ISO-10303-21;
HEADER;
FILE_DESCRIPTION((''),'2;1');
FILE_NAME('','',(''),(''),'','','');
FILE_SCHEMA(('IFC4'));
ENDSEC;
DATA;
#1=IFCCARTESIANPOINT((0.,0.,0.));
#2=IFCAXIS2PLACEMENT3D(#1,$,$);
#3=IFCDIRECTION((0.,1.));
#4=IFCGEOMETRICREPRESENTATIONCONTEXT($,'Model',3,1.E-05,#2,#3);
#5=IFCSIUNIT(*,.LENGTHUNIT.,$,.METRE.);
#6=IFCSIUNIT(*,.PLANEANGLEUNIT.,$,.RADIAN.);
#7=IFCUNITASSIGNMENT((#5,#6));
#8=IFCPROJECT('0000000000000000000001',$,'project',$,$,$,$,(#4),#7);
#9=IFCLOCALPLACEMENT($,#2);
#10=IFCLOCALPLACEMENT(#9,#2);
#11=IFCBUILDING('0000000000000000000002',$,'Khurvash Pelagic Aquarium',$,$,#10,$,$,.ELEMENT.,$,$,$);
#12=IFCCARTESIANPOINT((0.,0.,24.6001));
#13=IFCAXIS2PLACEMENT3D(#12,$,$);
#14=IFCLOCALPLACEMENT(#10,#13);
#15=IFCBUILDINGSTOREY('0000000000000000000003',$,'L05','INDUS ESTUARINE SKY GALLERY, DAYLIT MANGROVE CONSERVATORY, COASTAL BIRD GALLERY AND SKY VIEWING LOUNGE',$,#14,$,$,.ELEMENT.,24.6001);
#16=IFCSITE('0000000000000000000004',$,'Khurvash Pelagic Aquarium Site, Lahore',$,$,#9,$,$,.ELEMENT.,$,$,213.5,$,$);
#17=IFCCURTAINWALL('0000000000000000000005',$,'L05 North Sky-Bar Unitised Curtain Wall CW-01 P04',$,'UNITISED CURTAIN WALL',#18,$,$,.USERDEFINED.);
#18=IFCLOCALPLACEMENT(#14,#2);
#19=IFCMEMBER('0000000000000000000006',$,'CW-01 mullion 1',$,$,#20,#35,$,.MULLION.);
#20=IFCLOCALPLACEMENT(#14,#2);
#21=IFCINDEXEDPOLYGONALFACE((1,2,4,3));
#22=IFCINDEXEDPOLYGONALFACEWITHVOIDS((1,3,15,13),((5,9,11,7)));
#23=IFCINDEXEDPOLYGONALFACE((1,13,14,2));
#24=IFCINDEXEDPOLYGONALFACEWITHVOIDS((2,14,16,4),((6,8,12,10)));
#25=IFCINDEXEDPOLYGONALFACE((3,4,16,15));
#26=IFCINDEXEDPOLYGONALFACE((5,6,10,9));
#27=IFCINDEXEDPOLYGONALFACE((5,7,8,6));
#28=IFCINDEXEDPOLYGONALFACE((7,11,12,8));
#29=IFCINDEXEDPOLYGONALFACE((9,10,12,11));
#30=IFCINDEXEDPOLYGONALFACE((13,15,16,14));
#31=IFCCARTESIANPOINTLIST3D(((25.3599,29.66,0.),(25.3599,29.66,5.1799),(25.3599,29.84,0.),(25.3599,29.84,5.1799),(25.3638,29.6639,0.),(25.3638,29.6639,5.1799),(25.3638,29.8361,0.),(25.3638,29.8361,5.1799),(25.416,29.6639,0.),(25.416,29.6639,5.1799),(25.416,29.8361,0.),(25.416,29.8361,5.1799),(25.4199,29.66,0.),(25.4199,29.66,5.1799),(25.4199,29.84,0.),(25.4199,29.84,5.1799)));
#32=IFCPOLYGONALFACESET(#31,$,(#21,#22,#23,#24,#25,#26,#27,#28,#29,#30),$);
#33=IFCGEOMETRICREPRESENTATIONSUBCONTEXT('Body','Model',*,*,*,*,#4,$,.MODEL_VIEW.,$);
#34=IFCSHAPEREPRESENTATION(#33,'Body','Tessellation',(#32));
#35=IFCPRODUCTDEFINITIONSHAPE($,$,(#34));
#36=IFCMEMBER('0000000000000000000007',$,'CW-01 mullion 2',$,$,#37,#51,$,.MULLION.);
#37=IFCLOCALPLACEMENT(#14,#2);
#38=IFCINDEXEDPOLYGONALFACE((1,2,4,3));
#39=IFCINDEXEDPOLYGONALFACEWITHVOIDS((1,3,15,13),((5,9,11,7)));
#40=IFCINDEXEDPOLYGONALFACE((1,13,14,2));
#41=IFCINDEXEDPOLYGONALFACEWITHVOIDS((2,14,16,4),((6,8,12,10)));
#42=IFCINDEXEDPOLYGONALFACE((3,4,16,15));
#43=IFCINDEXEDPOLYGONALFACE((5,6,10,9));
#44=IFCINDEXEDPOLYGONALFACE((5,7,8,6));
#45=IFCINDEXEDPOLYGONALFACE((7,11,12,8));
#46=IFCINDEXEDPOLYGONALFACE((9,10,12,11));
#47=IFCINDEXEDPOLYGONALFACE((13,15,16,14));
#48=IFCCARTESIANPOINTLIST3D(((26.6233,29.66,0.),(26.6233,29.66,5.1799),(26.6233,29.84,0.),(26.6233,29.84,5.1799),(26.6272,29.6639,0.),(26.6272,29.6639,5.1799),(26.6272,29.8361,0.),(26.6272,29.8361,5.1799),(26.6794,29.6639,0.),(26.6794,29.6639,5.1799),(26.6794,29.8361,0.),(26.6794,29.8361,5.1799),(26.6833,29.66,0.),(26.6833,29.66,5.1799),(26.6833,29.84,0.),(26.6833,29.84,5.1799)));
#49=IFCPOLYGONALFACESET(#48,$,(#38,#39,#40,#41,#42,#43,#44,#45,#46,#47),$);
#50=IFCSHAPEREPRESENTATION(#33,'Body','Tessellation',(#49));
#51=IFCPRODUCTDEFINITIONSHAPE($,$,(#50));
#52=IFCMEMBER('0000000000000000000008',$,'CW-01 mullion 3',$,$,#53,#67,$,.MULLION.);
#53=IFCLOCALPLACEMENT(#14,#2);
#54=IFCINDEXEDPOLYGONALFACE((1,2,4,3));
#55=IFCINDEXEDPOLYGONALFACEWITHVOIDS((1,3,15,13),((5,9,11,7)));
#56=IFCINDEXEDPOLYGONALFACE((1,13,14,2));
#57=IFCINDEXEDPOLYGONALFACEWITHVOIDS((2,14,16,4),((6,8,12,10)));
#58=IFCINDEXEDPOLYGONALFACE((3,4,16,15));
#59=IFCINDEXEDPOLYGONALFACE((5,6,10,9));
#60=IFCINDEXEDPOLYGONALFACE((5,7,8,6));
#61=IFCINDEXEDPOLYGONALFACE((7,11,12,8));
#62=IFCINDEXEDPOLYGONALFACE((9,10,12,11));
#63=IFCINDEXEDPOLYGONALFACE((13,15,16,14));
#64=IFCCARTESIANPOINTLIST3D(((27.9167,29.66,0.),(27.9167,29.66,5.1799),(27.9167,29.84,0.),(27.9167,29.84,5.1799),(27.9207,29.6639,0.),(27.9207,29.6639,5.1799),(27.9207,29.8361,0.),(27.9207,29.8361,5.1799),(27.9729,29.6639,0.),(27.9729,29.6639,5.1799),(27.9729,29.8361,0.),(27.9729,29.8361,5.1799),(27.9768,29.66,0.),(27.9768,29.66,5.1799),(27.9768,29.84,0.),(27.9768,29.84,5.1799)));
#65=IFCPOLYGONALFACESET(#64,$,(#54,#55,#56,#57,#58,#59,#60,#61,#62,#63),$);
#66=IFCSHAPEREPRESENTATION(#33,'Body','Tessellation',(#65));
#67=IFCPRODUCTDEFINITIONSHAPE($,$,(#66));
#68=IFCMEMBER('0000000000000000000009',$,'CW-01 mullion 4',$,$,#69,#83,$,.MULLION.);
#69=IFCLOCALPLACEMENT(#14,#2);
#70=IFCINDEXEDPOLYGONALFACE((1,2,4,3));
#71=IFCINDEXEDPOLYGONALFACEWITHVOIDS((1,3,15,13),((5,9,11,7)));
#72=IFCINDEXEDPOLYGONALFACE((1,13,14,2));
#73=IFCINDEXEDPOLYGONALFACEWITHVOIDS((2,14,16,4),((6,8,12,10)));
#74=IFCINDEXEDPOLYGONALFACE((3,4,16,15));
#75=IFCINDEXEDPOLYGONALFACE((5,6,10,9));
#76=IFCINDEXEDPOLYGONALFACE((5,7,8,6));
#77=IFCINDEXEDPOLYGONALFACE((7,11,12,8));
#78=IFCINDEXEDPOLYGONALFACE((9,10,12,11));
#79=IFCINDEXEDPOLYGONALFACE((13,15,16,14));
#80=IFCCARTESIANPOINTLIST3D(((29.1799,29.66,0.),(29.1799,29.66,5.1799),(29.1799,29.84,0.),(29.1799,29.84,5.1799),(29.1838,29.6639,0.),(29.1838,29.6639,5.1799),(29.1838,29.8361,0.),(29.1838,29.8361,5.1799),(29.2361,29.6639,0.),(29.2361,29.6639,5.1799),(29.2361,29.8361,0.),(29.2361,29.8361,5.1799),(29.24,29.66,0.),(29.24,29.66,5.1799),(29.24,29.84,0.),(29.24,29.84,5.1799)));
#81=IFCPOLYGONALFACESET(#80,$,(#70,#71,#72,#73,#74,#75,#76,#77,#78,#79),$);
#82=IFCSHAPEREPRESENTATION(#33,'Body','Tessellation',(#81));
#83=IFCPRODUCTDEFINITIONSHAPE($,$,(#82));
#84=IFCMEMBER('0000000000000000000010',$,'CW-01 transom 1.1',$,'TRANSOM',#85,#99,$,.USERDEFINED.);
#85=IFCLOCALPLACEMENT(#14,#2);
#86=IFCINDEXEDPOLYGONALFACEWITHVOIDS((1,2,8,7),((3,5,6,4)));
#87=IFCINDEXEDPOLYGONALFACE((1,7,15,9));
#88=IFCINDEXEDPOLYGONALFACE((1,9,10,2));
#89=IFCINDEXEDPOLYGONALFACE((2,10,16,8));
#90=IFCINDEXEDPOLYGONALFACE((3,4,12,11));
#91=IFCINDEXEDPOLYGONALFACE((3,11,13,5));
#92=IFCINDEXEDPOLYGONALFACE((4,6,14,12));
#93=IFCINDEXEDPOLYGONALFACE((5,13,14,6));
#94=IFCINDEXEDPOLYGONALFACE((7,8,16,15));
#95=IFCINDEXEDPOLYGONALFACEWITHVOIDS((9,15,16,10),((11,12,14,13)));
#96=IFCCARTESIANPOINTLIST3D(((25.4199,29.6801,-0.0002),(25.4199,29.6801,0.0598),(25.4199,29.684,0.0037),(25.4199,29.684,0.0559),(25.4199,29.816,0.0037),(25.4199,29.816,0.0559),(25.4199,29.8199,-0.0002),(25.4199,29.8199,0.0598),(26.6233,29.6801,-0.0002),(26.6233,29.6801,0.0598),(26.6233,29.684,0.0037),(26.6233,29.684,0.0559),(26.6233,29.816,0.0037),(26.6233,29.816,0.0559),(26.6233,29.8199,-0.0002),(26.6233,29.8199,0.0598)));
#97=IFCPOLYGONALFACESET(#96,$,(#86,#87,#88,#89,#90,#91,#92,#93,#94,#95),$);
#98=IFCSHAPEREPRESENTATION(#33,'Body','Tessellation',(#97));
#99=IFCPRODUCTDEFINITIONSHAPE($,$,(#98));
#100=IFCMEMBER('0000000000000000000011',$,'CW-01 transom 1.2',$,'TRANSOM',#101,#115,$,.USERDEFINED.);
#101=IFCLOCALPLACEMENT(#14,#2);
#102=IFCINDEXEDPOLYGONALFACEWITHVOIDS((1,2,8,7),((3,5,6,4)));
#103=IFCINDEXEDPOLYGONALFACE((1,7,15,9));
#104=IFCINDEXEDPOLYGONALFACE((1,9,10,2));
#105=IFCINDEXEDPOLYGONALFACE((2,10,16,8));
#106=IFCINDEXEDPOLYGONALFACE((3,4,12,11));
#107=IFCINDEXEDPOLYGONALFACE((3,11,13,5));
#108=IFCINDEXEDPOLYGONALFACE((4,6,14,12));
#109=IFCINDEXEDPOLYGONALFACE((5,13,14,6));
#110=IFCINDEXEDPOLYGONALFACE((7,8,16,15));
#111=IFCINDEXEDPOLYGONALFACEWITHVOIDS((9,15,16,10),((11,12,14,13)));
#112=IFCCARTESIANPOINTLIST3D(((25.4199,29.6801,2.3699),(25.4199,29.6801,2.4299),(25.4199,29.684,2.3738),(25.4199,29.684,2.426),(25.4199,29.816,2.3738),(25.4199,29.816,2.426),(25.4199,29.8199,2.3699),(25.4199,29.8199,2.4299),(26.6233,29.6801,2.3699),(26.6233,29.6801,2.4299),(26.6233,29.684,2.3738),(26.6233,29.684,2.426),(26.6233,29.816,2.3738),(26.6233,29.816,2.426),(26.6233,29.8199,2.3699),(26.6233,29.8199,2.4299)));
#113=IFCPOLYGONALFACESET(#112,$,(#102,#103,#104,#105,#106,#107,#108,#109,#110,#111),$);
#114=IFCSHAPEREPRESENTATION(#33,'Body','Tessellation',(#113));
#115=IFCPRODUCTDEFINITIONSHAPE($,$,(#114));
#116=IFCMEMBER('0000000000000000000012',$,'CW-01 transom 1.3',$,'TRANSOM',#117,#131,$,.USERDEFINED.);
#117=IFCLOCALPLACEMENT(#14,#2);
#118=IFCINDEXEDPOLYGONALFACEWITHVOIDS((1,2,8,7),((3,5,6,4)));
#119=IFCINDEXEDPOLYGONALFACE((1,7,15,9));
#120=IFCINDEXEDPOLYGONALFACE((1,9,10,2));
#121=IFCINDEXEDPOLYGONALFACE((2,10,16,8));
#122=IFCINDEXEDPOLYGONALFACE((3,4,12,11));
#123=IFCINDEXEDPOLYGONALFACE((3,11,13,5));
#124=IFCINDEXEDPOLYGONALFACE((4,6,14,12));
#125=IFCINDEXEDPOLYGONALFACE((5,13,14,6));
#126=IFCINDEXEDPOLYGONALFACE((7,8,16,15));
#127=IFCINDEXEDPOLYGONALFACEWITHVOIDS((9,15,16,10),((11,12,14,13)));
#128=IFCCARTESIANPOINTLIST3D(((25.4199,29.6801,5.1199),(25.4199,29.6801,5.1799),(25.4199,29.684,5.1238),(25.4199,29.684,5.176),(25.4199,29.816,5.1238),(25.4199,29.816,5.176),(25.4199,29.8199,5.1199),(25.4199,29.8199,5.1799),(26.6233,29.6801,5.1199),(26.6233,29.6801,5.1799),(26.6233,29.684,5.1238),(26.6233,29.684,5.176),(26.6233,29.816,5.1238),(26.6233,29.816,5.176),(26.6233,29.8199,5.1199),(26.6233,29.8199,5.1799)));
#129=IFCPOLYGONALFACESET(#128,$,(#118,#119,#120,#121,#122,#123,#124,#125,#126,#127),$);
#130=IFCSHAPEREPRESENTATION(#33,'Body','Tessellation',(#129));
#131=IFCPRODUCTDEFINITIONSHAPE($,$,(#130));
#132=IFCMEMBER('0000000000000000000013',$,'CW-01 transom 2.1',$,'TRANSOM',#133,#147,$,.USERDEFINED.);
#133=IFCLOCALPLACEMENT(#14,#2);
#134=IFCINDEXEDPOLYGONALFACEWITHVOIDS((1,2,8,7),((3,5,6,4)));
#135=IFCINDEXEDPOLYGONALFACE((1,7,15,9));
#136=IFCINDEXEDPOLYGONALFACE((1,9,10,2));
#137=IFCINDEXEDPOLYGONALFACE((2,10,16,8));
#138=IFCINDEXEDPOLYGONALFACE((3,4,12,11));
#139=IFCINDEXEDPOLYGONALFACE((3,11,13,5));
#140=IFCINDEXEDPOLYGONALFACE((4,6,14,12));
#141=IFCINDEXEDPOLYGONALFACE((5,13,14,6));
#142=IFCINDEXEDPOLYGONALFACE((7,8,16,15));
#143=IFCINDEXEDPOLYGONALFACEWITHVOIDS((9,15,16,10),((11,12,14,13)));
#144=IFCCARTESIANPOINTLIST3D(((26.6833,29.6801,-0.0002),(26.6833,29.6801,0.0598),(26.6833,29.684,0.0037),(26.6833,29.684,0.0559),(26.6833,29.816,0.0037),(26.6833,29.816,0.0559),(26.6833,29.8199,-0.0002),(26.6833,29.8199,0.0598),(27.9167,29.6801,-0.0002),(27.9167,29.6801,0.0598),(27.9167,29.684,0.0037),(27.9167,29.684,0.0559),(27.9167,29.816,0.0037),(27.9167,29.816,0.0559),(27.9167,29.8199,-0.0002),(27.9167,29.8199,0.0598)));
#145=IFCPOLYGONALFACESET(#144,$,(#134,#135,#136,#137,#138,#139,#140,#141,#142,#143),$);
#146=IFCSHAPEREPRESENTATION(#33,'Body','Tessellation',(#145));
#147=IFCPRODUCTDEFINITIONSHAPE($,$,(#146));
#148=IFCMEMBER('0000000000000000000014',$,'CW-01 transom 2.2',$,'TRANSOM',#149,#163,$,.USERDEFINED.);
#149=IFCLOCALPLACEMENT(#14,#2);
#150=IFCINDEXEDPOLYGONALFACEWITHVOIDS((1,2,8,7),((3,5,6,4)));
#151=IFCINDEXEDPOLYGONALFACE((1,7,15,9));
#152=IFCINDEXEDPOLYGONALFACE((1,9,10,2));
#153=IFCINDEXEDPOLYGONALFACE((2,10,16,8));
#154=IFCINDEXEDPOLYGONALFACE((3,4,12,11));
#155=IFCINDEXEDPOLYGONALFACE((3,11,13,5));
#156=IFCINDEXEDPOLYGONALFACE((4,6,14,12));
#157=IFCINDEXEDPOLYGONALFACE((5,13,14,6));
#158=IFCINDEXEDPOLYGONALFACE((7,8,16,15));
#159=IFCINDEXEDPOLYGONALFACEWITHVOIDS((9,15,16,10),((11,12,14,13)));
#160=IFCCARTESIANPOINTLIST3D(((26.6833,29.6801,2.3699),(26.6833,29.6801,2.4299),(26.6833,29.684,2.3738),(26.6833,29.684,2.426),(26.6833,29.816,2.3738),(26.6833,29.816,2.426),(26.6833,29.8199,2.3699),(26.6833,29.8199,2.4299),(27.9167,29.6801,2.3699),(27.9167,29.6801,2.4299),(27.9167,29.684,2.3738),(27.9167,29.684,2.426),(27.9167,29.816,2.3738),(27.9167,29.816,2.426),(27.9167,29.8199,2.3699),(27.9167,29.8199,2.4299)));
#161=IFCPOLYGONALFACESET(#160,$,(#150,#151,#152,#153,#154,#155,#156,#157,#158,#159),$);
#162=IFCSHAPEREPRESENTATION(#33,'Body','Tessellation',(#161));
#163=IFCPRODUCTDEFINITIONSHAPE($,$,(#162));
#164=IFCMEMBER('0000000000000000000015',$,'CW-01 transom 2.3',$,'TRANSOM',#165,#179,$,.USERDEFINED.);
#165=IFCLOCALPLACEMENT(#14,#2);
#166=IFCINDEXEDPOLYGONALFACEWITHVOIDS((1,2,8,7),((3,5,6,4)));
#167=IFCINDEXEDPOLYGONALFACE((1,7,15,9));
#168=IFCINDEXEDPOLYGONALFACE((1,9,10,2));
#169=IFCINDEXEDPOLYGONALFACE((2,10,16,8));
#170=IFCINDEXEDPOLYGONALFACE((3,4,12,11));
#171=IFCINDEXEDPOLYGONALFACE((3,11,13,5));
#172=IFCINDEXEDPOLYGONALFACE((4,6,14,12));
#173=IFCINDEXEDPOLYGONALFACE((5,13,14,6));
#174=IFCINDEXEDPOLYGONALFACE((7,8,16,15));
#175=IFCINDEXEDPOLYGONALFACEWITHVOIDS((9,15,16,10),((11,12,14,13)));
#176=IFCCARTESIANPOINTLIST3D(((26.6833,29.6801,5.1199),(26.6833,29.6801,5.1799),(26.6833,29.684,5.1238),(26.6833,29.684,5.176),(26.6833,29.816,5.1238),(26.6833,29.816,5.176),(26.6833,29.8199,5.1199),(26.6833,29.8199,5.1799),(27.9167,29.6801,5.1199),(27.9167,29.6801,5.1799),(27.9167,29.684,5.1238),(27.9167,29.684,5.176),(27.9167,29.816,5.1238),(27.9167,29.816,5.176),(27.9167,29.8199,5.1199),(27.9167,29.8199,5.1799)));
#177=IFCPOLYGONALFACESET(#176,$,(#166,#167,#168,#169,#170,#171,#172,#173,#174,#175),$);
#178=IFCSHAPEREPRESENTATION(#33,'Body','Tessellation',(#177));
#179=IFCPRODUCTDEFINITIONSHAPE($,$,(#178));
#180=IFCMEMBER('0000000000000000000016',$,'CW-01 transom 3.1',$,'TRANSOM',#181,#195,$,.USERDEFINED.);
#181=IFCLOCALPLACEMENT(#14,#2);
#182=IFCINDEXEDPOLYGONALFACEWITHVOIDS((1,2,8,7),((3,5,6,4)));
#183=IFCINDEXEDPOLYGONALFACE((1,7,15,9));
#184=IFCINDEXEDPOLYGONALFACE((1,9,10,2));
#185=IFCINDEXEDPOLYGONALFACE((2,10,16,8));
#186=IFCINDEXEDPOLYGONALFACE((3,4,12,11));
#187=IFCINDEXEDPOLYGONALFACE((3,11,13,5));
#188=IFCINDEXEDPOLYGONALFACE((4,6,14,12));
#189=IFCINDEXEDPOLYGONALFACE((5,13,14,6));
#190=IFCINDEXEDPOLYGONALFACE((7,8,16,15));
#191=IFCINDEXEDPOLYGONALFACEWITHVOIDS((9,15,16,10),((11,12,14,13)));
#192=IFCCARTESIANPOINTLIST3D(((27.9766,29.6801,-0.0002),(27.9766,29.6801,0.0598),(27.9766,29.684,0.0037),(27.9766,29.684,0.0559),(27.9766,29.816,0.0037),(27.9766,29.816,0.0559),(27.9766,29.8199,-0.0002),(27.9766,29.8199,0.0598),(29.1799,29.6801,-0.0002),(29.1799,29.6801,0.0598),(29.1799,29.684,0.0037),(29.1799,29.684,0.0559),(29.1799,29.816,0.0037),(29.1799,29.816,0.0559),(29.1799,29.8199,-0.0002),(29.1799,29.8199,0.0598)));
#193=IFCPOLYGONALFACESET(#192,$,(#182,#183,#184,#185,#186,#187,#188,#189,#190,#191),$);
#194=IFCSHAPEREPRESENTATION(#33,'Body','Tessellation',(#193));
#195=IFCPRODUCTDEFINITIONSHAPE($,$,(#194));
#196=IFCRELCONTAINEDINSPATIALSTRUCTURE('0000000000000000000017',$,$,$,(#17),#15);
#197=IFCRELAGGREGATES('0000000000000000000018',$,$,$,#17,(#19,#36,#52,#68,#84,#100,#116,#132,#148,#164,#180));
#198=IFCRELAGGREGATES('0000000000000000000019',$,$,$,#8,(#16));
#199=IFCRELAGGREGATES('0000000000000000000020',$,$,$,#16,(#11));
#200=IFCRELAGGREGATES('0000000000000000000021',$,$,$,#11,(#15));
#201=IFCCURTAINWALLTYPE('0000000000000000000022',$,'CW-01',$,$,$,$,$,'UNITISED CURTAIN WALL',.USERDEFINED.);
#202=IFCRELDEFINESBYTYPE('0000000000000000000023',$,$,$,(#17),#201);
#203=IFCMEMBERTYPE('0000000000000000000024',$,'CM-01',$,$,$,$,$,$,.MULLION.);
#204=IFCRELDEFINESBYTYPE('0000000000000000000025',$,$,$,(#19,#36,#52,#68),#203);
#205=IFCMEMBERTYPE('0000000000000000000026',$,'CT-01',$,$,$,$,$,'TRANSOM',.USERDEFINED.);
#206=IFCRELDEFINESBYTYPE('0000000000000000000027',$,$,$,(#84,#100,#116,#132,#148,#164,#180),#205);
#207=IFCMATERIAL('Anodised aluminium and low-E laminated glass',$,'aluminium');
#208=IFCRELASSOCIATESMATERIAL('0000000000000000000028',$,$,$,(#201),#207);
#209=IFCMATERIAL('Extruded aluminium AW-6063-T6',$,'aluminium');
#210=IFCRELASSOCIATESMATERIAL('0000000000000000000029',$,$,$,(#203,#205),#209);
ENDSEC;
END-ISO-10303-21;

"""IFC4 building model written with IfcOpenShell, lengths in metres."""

from ifc_helpers import new_model, si_unit, direction, frame, origin, origin_2d, place, context, subcontext, project, spatial, hollow_rectangle, extrude, material, material_profile, profile_set, type_object, element, aggregate, save


model = new_model("IFC4")

# Units and contexts
model_context = context("Model", 3, precision=1e-05, world=origin(), true_north=direction((0.0, 1.0)))
body_context = subcontext(model_context, "Body", "Model", "MODEL_VIEW")
ifc_project = project(units=[si_unit("LENGTHUNIT", "METRE"), si_unit("PLANEANGLEUNIT", "RADIAN")], contexts=[model_context])

# Site, building, storey
site_placement = place(None, origin())
site = spatial("IfcSite", under=ifc_project, at=site_placement, Name="Khurvash Pelagic Aquarium Site, Lahore", CompositionType="ELEMENT", RefElevation=213.5)
building_placement = place(site_placement, origin())
building = spatial("IfcBuilding", under=site, at=building_placement, Name="Khurvash Pelagic Aquarium", CompositionType="ELEMENT")
storey_placement = place(building_placement, frame((0.0, 0.0, 24.6001)))
storey = spatial("IfcBuildingStorey", under=building, at=storey_placement, Name="L05", Description="INDUS ESTUARINE SKY GALLERY, DAYLIT MANGROVE CONSERVATORY, COASTAL BIRD GALLERY AND SKY VIEWING LOUNGE", CompositionType="ELEMENT", Elevation=24.6001)

# Curtain wall, members
ifc_material_1 = material(Name="Anodised aluminium and low-E laminated glass", Category="aluminium")
curtain_wall_type = type_object("IfcCurtainWallType", Name="CW-01", ElementType="UNITISED CURTAIN WALL", PredefinedType="USERDEFINED", material=ifc_material_1)
curtain_wall_placement = place(storey_placement, origin())
curtain_wall = element("IfcCurtainWall", 1, at=curtain_wall_placement, inside=storey, type_object=curtain_wall_type, Name="L05 North Sky-Bar Unitised Curtain Wall CW-01 P04", ObjectType="UNITISED CURTAIN WALL", PredefinedType="USERDEFINED")
ifc_material_2 = material(Name="Extruded aluminium AW-6063-T6", Category="aluminium")
ifc_material_profile_1 = material_profile(ifc_material_2, hollow_rectangle(XDim=0.0601, YDim=0.1799, WallThickness=0.0039, at=origin_2d()), Name="CWM60X180X4")
ifc_profile_set_1 = profile_set([ifc_material_profile_1], Name="Extruded aluminium AW-6063-T6")
member_type_1 = type_object("IfcMemberType", Name="CM-01", PredefinedType="MULLION", material=ifc_profile_set_1)
member_1_placement = place(storey_placement, frame((25.3899, 29.75, 0.0), z_axis=(0.0, 0.0, 1.0), x_axis=(1.0, 0.0, 0.0)))
member_1 = element("IfcMember", 2, at=member_1_placement, type_object=member_type_1, Name="CW-01 mullion 1", PredefinedType="MULLION", context=body_context, shape_type="SweptSolid", body=[
    extrude(hollow_rectangle(XDim=0.0601, YDim=0.1799, WallThickness=0.0039, at=origin_2d()), origin(), (0.0, 0.0, 1.0), 5.1799),
])
member_2_placement = place(storey_placement, frame((26.6533, 29.75, 0.0), z_axis=(0.0, 0.0, 1.0), x_axis=(1.0, 0.0, 0.0)))
member_2 = element("IfcMember", 3, at=member_2_placement, type_object=member_type_1, Name="CW-01 mullion 2", PredefinedType="MULLION", context=body_context, shape_type="SweptSolid", body=[
    extrude(hollow_rectangle(XDim=0.0601, YDim=0.1799, WallThickness=0.0039, at=origin_2d()), origin(), (0.0, 0.0, 1.0), 5.1799),
])
member_3_placement = place(storey_placement, frame((27.9468, 29.75, 0.0), z_axis=(0.0, 0.0, 1.0), x_axis=(1.0, 0.0, 0.0)))
member_3 = element("IfcMember", 4, at=member_3_placement, type_object=member_type_1, Name="CW-01 mullion 3", PredefinedType="MULLION", context=body_context, shape_type="SweptSolid", body=[
    extrude(hollow_rectangle(XDim=0.0601, YDim=0.1799, WallThickness=0.0039, at=origin_2d()), origin(), (0.0, 0.0, 1.0), 5.1799),
])
member_4_placement = place(storey_placement, frame((29.21, 29.75, 0.0), z_axis=(0.0, 0.0, 1.0), x_axis=(1.0, 0.0, 0.0)))
member_4 = element("IfcMember", 5, at=member_4_placement, type_object=member_type_1, Name="CW-01 mullion 4", PredefinedType="MULLION", context=body_context, shape_type="SweptSolid", body=[
    extrude(hollow_rectangle(XDim=0.0601, YDim=0.1799, WallThickness=0.0039, at=origin_2d()), origin(), (0.0, 0.0, 1.0), 5.1799),
])
ifc_material_profile_2 = material_profile(ifc_material_2, hollow_rectangle(XDim=0.1399, YDim=0.0601, WallThickness=0.0039, at=origin_2d()), Name="CWT140X60X4")
ifc_profile_set_2 = profile_set([ifc_material_profile_2], Name="Extruded aluminium AW-6063-T6")
member_type_2 = type_object("IfcMemberType", Name="CT-01", ElementType="TRANSOM", PredefinedType="USERDEFINED", material=ifc_profile_set_2)
member_5_placement = place(storey_placement, frame((25.4199, 29.75, 0.0298), z_axis=(1.0, 0.0, 0.0), x_axis=(0.0, 1.0, 0.0)))
member_5 = element("IfcMember", 6, at=member_5_placement, type_object=member_type_2, Name="CW-01 transom 1.1", ObjectType="TRANSOM", PredefinedType="USERDEFINED", context=body_context, shape_type="SweptSolid", body=[
    extrude(hollow_rectangle(XDim=0.1399, YDim=0.0601, WallThickness=0.0039, at=origin_2d()), origin(), (0.0, 0.0, 1.0), 1.2034),
])
member_6_placement = place(storey_placement, frame((25.4199, 29.75, 2.3999), z_axis=(1.0, 0.0, 0.0), x_axis=(0.0, 1.0, 0.0)))
member_6 = element("IfcMember", 7, at=member_6_placement, type_object=member_type_2, Name="CW-01 transom 1.2", ObjectType="TRANSOM", PredefinedType="USERDEFINED", context=body_context, shape_type="SweptSolid", body=[
    extrude(hollow_rectangle(XDim=0.1399, YDim=0.0601, WallThickness=0.0039, at=origin_2d()), origin(), (0.0, 0.0, 1.0), 1.2034),
])
member_7_placement = place(storey_placement, frame((25.4199, 29.75, 5.1499), z_axis=(1.0, 0.0, 0.0), x_axis=(0.0, 1.0, 0.0)))
member_7 = element("IfcMember", 8, at=member_7_placement, type_object=member_type_2, Name="CW-01 transom 1.3", ObjectType="TRANSOM", PredefinedType="USERDEFINED", context=body_context, shape_type="SweptSolid", body=[
    extrude(hollow_rectangle(XDim=0.1399, YDim=0.0601, WallThickness=0.0039, at=origin_2d()), origin(), (0.0, 0.0, 1.0), 1.2034),
])
member_8_placement = place(storey_placement, frame((26.6833, 29.75, 0.0298), z_axis=(1.0, 0.0, 0.0), x_axis=(0.0, 1.0, 0.0)))
member_8 = element("IfcMember", 9, at=member_8_placement, type_object=member_type_2, Name="CW-01 transom 2.1", ObjectType="TRANSOM", PredefinedType="USERDEFINED", context=body_context, shape_type="SweptSolid", body=[
    extrude(hollow_rectangle(XDim=0.1399, YDim=0.0601, WallThickness=0.0039, at=origin_2d()), origin(), (0.0, 0.0, 1.0), 1.2334),
])
member_9_placement = place(storey_placement, frame((26.6833, 29.75, 2.3999), z_axis=(1.0, 0.0, 0.0), x_axis=(0.0, 1.0, 0.0)))
member_9 = element("IfcMember", 10, at=member_9_placement, type_object=member_type_2, Name="CW-01 transom 2.2", ObjectType="TRANSOM", PredefinedType="USERDEFINED", context=body_context, shape_type="SweptSolid", body=[
    extrude(hollow_rectangle(XDim=0.1399, YDim=0.0601, WallThickness=0.0039, at=origin_2d()), origin(), (0.0, 0.0, 1.0), 1.2334),
])
member_10_placement = place(storey_placement, frame((26.6833, 29.75, 5.1499), z_axis=(1.0, 0.0, 0.0), x_axis=(0.0, 1.0, 0.0)))
member_10 = element("IfcMember", 11, at=member_10_placement, type_object=member_type_2, Name="CW-01 transom 2.3", ObjectType="TRANSOM", PredefinedType="USERDEFINED", context=body_context, shape_type="SweptSolid", body=[
    extrude(hollow_rectangle(XDim=0.1399, YDim=0.0601, WallThickness=0.0039, at=origin_2d()), origin(), (0.0, 0.0, 1.0), 1.2334),
])
member_11_placement = place(storey_placement, frame((27.9766, 29.75, 0.0298), z_axis=(1.0, 0.0, 0.0), x_axis=(0.0, 1.0, 0.0)))
member_11 = element("IfcMember", 12, at=member_11_placement, type_object=member_type_2, Name="CW-01 transom 3.1", ObjectType="TRANSOM", PredefinedType="USERDEFINED", context=body_context, shape_type="SweptSolid", body=[
    extrude(hollow_rectangle(XDim=0.1399, YDim=0.0601, WallThickness=0.0039, at=origin_2d()), origin(), (0.0, 0.0, 1.0), 1.2034),
])

aggregate(curtain_wall, [member_1, member_2, member_3, member_4, member_5, member_6, member_7, member_8, member_9, member_10, member_11])

save(model, "model.ifc")
